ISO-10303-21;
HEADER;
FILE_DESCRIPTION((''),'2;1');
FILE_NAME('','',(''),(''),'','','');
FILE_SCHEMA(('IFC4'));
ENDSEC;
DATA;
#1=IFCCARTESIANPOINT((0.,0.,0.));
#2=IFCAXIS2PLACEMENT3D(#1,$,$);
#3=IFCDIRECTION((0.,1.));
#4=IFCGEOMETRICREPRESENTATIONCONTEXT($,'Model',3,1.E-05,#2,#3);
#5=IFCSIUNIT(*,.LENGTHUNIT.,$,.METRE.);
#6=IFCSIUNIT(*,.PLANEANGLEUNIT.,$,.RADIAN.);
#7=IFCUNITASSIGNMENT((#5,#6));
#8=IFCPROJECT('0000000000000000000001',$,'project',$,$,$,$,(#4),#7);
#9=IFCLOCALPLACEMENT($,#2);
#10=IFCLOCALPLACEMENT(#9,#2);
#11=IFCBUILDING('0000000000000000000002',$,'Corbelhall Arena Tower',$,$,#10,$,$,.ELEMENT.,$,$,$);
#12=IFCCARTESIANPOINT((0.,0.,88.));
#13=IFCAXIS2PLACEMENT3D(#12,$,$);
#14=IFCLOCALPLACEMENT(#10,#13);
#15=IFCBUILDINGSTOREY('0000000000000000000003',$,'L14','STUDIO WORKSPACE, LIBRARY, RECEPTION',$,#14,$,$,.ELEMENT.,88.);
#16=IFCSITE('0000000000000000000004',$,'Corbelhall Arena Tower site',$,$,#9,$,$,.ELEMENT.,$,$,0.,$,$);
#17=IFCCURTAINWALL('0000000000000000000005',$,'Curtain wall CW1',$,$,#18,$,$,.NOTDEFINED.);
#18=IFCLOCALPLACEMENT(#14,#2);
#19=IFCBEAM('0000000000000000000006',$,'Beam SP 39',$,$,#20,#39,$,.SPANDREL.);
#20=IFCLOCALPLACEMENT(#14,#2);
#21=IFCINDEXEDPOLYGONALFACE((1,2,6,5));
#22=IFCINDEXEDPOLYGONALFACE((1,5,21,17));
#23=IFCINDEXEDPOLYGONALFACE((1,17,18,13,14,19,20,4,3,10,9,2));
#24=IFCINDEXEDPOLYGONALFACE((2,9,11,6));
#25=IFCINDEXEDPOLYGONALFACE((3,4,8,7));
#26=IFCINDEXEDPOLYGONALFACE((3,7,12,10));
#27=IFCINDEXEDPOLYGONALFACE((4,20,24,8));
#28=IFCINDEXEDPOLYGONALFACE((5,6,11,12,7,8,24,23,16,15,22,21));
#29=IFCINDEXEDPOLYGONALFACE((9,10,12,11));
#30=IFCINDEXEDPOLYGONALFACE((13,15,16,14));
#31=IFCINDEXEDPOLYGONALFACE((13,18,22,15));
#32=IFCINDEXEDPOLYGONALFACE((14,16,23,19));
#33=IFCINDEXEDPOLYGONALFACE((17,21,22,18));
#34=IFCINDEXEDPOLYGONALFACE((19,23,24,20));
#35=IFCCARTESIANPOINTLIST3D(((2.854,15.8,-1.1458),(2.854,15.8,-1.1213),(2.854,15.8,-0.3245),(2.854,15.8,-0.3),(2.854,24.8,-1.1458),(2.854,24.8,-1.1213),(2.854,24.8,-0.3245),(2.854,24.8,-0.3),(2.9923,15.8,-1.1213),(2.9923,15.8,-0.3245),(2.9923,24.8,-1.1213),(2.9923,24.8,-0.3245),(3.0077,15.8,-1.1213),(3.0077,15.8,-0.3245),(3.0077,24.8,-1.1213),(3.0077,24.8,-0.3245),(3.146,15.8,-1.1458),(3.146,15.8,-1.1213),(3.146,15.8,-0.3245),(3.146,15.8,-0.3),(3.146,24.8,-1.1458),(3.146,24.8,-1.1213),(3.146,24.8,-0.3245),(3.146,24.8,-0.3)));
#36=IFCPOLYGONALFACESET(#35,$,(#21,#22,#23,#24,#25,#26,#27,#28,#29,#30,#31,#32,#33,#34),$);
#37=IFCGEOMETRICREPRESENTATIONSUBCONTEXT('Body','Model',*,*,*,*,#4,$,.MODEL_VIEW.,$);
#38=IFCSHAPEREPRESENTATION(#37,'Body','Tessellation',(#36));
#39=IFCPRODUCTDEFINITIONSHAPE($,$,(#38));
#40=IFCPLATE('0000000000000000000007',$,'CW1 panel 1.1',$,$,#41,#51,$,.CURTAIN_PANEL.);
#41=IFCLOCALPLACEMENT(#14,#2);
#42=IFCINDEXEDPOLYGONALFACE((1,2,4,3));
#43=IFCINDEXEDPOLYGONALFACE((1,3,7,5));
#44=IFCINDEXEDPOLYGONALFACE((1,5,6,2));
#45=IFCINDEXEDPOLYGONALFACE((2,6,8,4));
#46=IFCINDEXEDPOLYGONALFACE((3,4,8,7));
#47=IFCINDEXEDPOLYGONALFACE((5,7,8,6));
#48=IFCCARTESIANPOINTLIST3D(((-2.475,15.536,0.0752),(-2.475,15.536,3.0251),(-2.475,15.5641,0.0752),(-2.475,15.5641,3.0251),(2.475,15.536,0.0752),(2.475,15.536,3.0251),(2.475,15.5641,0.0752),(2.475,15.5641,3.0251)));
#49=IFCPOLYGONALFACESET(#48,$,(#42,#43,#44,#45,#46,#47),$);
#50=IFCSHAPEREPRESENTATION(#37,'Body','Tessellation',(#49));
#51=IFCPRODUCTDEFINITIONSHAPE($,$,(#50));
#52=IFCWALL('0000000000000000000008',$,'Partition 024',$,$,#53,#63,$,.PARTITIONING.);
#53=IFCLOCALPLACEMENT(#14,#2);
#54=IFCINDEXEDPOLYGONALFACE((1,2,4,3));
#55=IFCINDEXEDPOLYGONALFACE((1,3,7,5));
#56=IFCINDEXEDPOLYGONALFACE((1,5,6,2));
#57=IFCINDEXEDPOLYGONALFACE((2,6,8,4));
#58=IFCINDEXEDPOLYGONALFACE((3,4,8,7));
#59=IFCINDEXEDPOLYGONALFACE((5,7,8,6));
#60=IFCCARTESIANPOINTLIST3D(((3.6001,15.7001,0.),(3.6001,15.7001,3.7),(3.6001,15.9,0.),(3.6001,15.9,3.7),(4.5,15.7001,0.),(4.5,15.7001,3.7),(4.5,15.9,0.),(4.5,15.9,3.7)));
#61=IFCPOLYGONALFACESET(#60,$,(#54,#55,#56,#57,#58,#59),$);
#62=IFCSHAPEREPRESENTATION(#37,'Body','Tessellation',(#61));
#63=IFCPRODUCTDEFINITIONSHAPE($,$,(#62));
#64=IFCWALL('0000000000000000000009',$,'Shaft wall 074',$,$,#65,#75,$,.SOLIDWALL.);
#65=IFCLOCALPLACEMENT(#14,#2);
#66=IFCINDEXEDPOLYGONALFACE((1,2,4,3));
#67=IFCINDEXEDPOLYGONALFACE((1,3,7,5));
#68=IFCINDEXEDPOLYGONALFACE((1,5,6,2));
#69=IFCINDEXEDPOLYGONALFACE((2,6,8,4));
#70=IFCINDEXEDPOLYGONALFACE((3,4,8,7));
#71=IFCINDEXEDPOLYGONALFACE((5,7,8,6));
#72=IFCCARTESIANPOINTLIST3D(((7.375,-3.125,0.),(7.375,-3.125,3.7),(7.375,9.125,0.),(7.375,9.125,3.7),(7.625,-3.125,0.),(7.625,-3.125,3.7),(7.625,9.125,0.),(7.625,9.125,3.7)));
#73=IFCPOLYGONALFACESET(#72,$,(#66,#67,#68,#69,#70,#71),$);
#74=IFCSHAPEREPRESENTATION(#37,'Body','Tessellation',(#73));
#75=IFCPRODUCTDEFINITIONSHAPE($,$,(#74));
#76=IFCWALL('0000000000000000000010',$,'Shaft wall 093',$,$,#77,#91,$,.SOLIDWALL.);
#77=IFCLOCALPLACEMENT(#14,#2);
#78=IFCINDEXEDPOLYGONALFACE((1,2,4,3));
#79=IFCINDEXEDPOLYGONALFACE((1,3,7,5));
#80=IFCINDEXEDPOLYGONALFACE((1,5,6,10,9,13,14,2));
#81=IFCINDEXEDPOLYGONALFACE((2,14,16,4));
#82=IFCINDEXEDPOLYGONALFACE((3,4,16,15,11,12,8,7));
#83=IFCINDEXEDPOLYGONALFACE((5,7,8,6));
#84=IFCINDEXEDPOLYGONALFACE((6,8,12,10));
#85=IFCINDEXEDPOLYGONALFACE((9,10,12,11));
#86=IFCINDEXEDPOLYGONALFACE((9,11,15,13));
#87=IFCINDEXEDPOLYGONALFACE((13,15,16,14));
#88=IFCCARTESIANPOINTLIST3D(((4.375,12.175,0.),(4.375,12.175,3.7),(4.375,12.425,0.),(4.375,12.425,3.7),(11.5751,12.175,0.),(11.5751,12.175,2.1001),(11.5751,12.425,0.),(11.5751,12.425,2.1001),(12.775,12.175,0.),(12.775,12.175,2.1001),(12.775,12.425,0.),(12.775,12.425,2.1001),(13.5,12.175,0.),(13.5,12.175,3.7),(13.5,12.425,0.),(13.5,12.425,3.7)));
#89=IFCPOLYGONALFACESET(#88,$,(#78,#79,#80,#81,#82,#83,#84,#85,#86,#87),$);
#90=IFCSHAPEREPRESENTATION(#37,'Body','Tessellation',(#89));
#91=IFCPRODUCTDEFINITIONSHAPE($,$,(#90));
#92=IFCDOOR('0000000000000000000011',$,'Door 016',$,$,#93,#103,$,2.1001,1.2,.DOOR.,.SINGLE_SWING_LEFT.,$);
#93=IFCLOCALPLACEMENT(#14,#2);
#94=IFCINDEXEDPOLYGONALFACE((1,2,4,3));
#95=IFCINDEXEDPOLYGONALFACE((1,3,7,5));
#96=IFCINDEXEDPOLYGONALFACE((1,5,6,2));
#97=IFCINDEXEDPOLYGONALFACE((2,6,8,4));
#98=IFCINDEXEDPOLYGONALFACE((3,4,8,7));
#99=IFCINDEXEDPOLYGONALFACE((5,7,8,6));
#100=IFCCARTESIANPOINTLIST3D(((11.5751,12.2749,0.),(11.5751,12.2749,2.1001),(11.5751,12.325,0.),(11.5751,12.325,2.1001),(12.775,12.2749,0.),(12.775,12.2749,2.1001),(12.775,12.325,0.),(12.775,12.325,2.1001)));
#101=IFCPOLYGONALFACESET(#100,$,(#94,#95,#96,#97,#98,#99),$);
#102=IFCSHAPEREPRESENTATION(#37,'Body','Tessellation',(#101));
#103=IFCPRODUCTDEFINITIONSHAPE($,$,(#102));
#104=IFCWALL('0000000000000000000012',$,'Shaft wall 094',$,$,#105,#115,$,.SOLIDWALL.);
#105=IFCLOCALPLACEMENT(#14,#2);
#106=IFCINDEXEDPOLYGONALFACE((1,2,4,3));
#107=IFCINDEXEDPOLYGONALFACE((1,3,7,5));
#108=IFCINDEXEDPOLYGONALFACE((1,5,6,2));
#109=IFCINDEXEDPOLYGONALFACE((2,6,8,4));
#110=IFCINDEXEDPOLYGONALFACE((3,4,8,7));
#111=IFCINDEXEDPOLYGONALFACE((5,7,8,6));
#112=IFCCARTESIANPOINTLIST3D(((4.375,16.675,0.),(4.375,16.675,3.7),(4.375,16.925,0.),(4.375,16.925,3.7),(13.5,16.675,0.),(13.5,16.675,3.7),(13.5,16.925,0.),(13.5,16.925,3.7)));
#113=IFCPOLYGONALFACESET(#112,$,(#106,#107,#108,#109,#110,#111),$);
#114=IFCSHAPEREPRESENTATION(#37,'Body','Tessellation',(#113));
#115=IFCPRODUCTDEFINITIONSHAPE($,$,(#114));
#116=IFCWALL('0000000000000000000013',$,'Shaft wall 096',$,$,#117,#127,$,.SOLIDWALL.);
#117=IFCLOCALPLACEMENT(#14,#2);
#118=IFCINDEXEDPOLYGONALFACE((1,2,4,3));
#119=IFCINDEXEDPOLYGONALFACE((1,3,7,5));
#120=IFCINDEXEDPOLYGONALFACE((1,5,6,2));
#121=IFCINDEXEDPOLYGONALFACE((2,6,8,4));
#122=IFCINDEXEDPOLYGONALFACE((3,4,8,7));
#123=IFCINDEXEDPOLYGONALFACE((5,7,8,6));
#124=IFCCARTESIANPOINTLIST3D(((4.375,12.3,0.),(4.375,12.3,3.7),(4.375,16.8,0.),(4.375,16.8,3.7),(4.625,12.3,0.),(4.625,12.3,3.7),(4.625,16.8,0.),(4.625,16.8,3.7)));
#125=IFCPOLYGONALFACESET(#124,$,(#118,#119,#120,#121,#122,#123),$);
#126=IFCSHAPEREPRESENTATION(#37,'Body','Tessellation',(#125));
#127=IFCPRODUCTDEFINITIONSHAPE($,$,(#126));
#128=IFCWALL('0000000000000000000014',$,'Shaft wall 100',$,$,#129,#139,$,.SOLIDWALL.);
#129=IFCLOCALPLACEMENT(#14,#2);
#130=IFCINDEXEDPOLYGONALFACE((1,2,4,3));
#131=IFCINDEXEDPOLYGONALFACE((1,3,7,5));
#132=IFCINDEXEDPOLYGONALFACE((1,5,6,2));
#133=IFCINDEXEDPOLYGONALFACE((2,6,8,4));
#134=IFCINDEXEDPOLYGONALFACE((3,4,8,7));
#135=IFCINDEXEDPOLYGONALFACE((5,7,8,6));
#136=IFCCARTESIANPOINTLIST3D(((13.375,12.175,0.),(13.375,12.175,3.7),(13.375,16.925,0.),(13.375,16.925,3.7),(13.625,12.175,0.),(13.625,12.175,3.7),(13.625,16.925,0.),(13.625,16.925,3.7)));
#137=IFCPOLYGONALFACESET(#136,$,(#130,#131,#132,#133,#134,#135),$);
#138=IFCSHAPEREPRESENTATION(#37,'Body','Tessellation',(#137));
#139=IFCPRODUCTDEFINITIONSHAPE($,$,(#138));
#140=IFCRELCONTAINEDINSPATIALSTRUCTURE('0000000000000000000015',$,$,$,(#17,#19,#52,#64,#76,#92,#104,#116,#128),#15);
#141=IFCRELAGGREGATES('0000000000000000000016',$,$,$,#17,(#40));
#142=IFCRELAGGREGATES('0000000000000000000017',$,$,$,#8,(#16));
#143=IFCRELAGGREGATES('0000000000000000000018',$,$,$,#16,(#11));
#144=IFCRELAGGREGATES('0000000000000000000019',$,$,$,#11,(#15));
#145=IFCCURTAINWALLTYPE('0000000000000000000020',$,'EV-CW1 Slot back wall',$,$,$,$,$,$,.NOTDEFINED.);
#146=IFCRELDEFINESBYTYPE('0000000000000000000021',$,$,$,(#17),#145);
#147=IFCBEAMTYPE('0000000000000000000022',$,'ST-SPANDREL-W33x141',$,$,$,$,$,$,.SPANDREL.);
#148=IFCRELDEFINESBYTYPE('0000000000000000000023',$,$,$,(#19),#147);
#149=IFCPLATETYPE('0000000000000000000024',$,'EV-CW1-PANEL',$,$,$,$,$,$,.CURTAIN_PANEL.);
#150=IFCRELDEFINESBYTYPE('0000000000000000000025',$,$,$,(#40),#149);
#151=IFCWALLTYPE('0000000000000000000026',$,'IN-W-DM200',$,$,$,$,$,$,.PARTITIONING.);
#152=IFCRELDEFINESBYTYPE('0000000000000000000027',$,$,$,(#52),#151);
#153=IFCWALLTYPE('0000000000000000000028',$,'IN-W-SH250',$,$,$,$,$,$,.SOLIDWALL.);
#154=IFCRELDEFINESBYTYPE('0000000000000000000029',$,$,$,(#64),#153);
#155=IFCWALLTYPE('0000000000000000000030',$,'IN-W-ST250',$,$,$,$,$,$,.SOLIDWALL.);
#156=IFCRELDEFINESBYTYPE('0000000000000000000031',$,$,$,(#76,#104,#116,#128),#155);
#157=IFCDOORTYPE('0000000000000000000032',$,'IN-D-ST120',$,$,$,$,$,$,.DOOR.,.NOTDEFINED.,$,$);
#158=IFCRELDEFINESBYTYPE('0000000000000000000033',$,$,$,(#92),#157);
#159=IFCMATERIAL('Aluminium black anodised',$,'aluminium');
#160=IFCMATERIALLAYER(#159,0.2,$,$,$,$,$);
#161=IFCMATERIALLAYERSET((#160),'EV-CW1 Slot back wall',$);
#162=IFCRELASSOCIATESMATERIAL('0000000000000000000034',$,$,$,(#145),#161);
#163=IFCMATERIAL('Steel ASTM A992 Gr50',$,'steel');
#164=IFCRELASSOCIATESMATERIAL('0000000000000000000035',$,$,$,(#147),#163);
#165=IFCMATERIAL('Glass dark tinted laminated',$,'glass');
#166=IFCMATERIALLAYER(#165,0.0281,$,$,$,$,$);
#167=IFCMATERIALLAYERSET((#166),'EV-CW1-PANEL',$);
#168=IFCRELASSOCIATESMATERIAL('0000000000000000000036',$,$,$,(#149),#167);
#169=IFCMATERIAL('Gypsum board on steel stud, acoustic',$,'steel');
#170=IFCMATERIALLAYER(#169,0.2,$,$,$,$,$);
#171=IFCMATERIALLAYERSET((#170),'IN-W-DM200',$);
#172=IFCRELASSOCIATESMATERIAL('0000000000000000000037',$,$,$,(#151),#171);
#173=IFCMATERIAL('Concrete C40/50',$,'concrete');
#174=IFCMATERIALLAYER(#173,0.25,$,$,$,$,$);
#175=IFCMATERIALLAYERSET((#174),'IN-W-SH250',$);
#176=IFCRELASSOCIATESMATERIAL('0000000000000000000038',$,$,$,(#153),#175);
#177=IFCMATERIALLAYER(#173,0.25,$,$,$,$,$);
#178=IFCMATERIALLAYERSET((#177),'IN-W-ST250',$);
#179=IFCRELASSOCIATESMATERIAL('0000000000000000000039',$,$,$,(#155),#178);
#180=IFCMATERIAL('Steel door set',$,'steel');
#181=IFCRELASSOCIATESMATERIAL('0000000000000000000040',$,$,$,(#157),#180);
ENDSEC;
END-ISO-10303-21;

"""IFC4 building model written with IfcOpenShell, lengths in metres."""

from ifc_helpers import new_model, si_unit, direction, frame, frame_2d, origin, origin_2d, place, context, subcontext, project, spatial, rectangle, i_section, extrude, material, layer, layer_set, material_profile, profile_set, type_object, element, fill, aggregate, save


model = new_model("IFC4")

# Units and contexts
model_context = context("Model", 3, precision=1e-05, world=origin(), true_north=direction((0.0, 1.0)))
body_context = subcontext(model_context, "Body", "Model", "MODEL_VIEW")
ifc_project = project(units=[si_unit("LENGTHUNIT", "METRE"), si_unit("PLANEANGLEUNIT", "RADIAN")], contexts=[model_context])

# Site, building, storey
site_placement = place(None, origin())
site = spatial("IfcSite", under=ifc_project, at=site_placement, Name="Corbelhall Arena Tower site", CompositionType="ELEMENT", RefElevation=0.0)
building_placement = place(site_placement, origin())
building = spatial("IfcBuilding", under=site, at=building_placement, Name="Corbelhall Arena Tower", CompositionType="ELEMENT")
storey_placement = place(building_placement, frame((0.0, 0.0, 88.0)))
storey = spatial("IfcBuildingStorey", under=building, at=storey_placement, Name="L14", Description="STUDIO WORKSPACE, LIBRARY, RECEPTION", CompositionType="ELEMENT", Elevation=88.0)

# Curtain wall
ifc_material_1 = material(Name="Aluminium black anodised", Category="aluminium")
ifc_layer_1 = layer(ifc_material_1, 0.2)
ifc_layer_set_1 = layer_set([ifc_layer_1], Name="EV-CW1 Slot back wall")
curtain_wall_type = type_object("IfcCurtainWallType", Name="EV-CW1 Slot back wall", PredefinedType="NOTDEFINED", material=ifc_layer_set_1)
curtain_wall_placement = place(storey_placement, origin())
curtain_wall = element("IfcCurtainWall", 1, at=curtain_wall_placement, inside=storey, type_object=curtain_wall_type, Name="Curtain wall CW1", PredefinedType="NOTDEFINED")

# Beam
ifc_material_2 = material(Name="Steel ASTM A992 Gr50", Category="steel")
ifc_material_profile_1 = material_profile(ifc_material_2, i_section(OverallWidth=0.292, OverallDepth=0.8457, WebThickness=0.0154, FlangeThickness=0.0244, at=origin_2d()))
ifc_profile_set_1 = profile_set([ifc_material_profile_1], Name="Steel ASTM A992 Gr50")
beam_type_1 = type_object("IfcBeamType", Name="ST-SPANDREL-W33x141", PredefinedType="SPANDREL", material=ifc_profile_set_1)
beam_1_placement = place(storey_placement, frame((3.0, 15.8, -0.7229), z_axis=(0.0, 1.0, 0.0), x_axis=(-1.0, 0.0, 0.0)))
element("IfcBeam", 2, at=beam_1_placement, inside=storey, type_object=beam_type_1, Name="Beam SP 39", PredefinedType="SPANDREL", context=body_context, shape_type="SweptSolid", body=[
    extrude(i_section(OverallWidth=0.292, OverallDepth=0.8457, WebThickness=0.0154, FlangeThickness=0.0244, at=origin_2d()), origin(), (0.0, 0.0, 1.0), 9.0),
])

# Plate
ifc_material_3 = material(Name="Glass dark tinted laminated", Category="glass")
ifc_layer_2 = layer(ifc_material_3, 0.0281)
ifc_layer_set_2 = layer_set([ifc_layer_2], Name="EV-CW1-PANEL")
plate_type = type_object("IfcPlateType", Name="EV-CW1-PANEL", PredefinedType="CURTAIN_PANEL", material=ifc_layer_set_2)
plate_placement = place(storey_placement, frame((0.0, 15.55, 0.0752), z_axis=(0.0, 0.0, 1.0), x_axis=(-1.0, 0.0, 0.0)))
plate = element("IfcPlate", 3, at=plate_placement, type_object=plate_type, Name="CW1 panel 1.1", PredefinedType="CURTAIN_PANEL", context=body_context, shape_type="SweptSolid", body=[
    extrude(rectangle(XDim=4.95, YDim=0.0281, at=origin_2d()), origin(), (0.0, 0.0, 1.0), 2.95),
])
aggregate(curtain_wall, [plate])

# Wall
ifc_material_4 = material(Name="Gypsum board on steel stud, acoustic", Category="steel")
ifc_layer_3 = layer(ifc_material_4, 0.2)
ifc_layer_set_3 = layer_set([ifc_layer_3], Name="IN-W-DM200")
wall_type_1 = type_object("IfcWallType", Name="IN-W-DM200", PredefinedType="PARTITIONING", material=ifc_layer_set_3)
wall_1_placement = place(storey_placement, frame((3.6001, 15.8, 0.0), z_axis=(0.0, 0.0, 1.0), x_axis=(1.0, 0.0, 0.0)))
element("IfcWall", 4, at=wall_1_placement, inside=storey, type_object=wall_type_1, Name="Partition 024", PredefinedType="PARTITIONING", context=body_context, shape_type="SweptSolid", body=[
    extrude(rectangle(XDim=0.8999, YDim=0.2, at=frame_2d((0.45, 0.0))), origin(), (0.0, 0.0, 1.0), 3.7),
])

# Shared definitions
ifc_material_5 = material(Name="Steel door set", Category="steel")

# Wall
ifc_material_6 = material(Name="Concrete C40/50", Category="concrete")
ifc_layer_4 = layer(ifc_material_6, 0.25)
ifc_layer_set_4 = layer_set([ifc_layer_4], Name="IN-W-SH250")
wall_type_2 = type_object("IfcWallType", Name="IN-W-SH250", PredefinedType="SOLIDWALL", material=ifc_layer_set_4)
wall_2_placement = place(storey_placement, frame((7.5, 9.125, 0.0), z_axis=(0.0, 0.0, 1.0), x_axis=(0.0, -1.0, 0.0)))
element("IfcWall", 5, at=wall_2_placement, inside=storey, type_object=wall_type_2, Name="Shaft wall 074", PredefinedType="SOLIDWALL", context=body_context, shape_type="SweptSolid", body=[
    extrude(rectangle(XDim=12.25, YDim=0.25, at=frame_2d((6.125, 0.0))), origin(), (0.0, 0.0, 1.0), 3.7),
])

# Wall, opening, door
ifc_layer_5 = layer(ifc_material_6, 0.25)
ifc_layer_set_5 = layer_set([ifc_layer_5], Name="IN-W-ST250")
wall_type_3 = type_object("IfcWallType", Name="IN-W-ST250", PredefinedType="SOLIDWALL", material=ifc_layer_set_5)
wall_3_placement = place(storey_placement, frame((4.375, 12.3, 0.0), z_axis=(0.0, 0.0, 1.0), x_axis=(1.0, 0.0, 0.0)))
wall_3 = element("IfcWall", 6, at=wall_3_placement, inside=storey, type_object=wall_type_3, Name="Shaft wall 093", PredefinedType="SOLIDWALL", context=body_context, shape_type="SweptSolid", body=[
    extrude(rectangle(XDim=9.125, YDim=0.25, at=frame_2d((4.5625, 0.0))), origin(), (0.0, 0.0, 1.0), 3.7),
])
opening_1_placement = place(wall_3_placement, frame((7.2, 0.0, 0.0)))
opening_1 = element("IfcOpeningElement", 7, at=opening_1_placement, cuts=wall_3, PredefinedType="OPENING", context=body_context, shape_type="SweptSolid", body=[
    extrude(rectangle(XDim=1.2, YDim=2.1001, at=frame_2d((0.6001, 1.05))), frame((0.0, 0.125, 0.0), z_axis=(0.0, -1.0, 0.0), x_axis=(1.0, 0.0, 0.0)), (0.0, 0.0, 1.0), 0.25),
])
door_type_1 = type_object("IfcDoorType", Name="IN-D-ST120", OperationType="NOTDEFINED", PredefinedType="DOOR", material=ifc_material_5)
door_1_placement = place(opening_1_placement, origin())
door_1 = element("IfcDoor", 8, at=door_1_placement, inside=storey, type_object=door_type_1, Name="Door 016", OperationType="SINGLE_SWING_LEFT", OverallHeight=2.1001, OverallWidth=1.2, PredefinedType="DOOR", context=body_context, shape_type="SweptSolid", body=[
    extrude(rectangle(XDim=1.2, YDim=2.1001, at=frame_2d((0.6001, 1.05))), frame((0.0, 0.0249, 0.0), z_axis=(0.0, -1.0, 0.0), x_axis=(1.0, 0.0, 0.0)), (0.0, 0.0, 1.0), 0.05),
])
fill(opening_1, door_1)

# Walls
wall_4_placement = place(storey_placement, frame((4.375, 16.8, 0.0), z_axis=(0.0, 0.0, 1.0), x_axis=(1.0, 0.0, 0.0)))
element("IfcWall", 9, at=wall_4_placement, inside=storey, type_object=wall_type_3, Name="Shaft wall 094", PredefinedType="SOLIDWALL", context=body_context, shape_type="SweptSolid", body=[
    extrude(rectangle(XDim=9.125, YDim=0.25, at=frame_2d((4.5625, 0.0))), origin(), (0.0, 0.0, 1.0), 3.7),
])
wall_5_placement = place(storey_placement, frame((4.5, 12.3, 0.0), z_axis=(0.0, 0.0, 1.0), x_axis=(0.0, 1.0, 0.0)))
element("IfcWall", 10, at=wall_5_placement, inside=storey, type_object=wall_type_3, Name="Shaft wall 096", PredefinedType="SOLIDWALL", context=body_context, shape_type="SweptSolid", body=[
    extrude(rectangle(XDim=4.5, YDim=0.25, at=frame_2d((2.25, 0.0))), origin(), (0.0, 0.0, 1.0), 3.7),
])
wall_6_placement = place(storey_placement, frame((13.5, 12.175, 0.0), z_axis=(0.0, 0.0, 1.0), x_axis=(0.0, 1.0, 0.0)))
element("IfcWall", 11, at=wall_6_placement, inside=storey, type_object=wall_type_3, Name="Shaft wall 100", PredefinedType="SOLIDWALL", context=body_context, shape_type="SweptSolid", body=[
    extrude(rectangle(XDim=4.75, YDim=0.25, at=frame_2d((2.375, 0.0))), origin(), (0.0, 0.0, 1.0), 3.7),
])

save(model, "model.ifc")
